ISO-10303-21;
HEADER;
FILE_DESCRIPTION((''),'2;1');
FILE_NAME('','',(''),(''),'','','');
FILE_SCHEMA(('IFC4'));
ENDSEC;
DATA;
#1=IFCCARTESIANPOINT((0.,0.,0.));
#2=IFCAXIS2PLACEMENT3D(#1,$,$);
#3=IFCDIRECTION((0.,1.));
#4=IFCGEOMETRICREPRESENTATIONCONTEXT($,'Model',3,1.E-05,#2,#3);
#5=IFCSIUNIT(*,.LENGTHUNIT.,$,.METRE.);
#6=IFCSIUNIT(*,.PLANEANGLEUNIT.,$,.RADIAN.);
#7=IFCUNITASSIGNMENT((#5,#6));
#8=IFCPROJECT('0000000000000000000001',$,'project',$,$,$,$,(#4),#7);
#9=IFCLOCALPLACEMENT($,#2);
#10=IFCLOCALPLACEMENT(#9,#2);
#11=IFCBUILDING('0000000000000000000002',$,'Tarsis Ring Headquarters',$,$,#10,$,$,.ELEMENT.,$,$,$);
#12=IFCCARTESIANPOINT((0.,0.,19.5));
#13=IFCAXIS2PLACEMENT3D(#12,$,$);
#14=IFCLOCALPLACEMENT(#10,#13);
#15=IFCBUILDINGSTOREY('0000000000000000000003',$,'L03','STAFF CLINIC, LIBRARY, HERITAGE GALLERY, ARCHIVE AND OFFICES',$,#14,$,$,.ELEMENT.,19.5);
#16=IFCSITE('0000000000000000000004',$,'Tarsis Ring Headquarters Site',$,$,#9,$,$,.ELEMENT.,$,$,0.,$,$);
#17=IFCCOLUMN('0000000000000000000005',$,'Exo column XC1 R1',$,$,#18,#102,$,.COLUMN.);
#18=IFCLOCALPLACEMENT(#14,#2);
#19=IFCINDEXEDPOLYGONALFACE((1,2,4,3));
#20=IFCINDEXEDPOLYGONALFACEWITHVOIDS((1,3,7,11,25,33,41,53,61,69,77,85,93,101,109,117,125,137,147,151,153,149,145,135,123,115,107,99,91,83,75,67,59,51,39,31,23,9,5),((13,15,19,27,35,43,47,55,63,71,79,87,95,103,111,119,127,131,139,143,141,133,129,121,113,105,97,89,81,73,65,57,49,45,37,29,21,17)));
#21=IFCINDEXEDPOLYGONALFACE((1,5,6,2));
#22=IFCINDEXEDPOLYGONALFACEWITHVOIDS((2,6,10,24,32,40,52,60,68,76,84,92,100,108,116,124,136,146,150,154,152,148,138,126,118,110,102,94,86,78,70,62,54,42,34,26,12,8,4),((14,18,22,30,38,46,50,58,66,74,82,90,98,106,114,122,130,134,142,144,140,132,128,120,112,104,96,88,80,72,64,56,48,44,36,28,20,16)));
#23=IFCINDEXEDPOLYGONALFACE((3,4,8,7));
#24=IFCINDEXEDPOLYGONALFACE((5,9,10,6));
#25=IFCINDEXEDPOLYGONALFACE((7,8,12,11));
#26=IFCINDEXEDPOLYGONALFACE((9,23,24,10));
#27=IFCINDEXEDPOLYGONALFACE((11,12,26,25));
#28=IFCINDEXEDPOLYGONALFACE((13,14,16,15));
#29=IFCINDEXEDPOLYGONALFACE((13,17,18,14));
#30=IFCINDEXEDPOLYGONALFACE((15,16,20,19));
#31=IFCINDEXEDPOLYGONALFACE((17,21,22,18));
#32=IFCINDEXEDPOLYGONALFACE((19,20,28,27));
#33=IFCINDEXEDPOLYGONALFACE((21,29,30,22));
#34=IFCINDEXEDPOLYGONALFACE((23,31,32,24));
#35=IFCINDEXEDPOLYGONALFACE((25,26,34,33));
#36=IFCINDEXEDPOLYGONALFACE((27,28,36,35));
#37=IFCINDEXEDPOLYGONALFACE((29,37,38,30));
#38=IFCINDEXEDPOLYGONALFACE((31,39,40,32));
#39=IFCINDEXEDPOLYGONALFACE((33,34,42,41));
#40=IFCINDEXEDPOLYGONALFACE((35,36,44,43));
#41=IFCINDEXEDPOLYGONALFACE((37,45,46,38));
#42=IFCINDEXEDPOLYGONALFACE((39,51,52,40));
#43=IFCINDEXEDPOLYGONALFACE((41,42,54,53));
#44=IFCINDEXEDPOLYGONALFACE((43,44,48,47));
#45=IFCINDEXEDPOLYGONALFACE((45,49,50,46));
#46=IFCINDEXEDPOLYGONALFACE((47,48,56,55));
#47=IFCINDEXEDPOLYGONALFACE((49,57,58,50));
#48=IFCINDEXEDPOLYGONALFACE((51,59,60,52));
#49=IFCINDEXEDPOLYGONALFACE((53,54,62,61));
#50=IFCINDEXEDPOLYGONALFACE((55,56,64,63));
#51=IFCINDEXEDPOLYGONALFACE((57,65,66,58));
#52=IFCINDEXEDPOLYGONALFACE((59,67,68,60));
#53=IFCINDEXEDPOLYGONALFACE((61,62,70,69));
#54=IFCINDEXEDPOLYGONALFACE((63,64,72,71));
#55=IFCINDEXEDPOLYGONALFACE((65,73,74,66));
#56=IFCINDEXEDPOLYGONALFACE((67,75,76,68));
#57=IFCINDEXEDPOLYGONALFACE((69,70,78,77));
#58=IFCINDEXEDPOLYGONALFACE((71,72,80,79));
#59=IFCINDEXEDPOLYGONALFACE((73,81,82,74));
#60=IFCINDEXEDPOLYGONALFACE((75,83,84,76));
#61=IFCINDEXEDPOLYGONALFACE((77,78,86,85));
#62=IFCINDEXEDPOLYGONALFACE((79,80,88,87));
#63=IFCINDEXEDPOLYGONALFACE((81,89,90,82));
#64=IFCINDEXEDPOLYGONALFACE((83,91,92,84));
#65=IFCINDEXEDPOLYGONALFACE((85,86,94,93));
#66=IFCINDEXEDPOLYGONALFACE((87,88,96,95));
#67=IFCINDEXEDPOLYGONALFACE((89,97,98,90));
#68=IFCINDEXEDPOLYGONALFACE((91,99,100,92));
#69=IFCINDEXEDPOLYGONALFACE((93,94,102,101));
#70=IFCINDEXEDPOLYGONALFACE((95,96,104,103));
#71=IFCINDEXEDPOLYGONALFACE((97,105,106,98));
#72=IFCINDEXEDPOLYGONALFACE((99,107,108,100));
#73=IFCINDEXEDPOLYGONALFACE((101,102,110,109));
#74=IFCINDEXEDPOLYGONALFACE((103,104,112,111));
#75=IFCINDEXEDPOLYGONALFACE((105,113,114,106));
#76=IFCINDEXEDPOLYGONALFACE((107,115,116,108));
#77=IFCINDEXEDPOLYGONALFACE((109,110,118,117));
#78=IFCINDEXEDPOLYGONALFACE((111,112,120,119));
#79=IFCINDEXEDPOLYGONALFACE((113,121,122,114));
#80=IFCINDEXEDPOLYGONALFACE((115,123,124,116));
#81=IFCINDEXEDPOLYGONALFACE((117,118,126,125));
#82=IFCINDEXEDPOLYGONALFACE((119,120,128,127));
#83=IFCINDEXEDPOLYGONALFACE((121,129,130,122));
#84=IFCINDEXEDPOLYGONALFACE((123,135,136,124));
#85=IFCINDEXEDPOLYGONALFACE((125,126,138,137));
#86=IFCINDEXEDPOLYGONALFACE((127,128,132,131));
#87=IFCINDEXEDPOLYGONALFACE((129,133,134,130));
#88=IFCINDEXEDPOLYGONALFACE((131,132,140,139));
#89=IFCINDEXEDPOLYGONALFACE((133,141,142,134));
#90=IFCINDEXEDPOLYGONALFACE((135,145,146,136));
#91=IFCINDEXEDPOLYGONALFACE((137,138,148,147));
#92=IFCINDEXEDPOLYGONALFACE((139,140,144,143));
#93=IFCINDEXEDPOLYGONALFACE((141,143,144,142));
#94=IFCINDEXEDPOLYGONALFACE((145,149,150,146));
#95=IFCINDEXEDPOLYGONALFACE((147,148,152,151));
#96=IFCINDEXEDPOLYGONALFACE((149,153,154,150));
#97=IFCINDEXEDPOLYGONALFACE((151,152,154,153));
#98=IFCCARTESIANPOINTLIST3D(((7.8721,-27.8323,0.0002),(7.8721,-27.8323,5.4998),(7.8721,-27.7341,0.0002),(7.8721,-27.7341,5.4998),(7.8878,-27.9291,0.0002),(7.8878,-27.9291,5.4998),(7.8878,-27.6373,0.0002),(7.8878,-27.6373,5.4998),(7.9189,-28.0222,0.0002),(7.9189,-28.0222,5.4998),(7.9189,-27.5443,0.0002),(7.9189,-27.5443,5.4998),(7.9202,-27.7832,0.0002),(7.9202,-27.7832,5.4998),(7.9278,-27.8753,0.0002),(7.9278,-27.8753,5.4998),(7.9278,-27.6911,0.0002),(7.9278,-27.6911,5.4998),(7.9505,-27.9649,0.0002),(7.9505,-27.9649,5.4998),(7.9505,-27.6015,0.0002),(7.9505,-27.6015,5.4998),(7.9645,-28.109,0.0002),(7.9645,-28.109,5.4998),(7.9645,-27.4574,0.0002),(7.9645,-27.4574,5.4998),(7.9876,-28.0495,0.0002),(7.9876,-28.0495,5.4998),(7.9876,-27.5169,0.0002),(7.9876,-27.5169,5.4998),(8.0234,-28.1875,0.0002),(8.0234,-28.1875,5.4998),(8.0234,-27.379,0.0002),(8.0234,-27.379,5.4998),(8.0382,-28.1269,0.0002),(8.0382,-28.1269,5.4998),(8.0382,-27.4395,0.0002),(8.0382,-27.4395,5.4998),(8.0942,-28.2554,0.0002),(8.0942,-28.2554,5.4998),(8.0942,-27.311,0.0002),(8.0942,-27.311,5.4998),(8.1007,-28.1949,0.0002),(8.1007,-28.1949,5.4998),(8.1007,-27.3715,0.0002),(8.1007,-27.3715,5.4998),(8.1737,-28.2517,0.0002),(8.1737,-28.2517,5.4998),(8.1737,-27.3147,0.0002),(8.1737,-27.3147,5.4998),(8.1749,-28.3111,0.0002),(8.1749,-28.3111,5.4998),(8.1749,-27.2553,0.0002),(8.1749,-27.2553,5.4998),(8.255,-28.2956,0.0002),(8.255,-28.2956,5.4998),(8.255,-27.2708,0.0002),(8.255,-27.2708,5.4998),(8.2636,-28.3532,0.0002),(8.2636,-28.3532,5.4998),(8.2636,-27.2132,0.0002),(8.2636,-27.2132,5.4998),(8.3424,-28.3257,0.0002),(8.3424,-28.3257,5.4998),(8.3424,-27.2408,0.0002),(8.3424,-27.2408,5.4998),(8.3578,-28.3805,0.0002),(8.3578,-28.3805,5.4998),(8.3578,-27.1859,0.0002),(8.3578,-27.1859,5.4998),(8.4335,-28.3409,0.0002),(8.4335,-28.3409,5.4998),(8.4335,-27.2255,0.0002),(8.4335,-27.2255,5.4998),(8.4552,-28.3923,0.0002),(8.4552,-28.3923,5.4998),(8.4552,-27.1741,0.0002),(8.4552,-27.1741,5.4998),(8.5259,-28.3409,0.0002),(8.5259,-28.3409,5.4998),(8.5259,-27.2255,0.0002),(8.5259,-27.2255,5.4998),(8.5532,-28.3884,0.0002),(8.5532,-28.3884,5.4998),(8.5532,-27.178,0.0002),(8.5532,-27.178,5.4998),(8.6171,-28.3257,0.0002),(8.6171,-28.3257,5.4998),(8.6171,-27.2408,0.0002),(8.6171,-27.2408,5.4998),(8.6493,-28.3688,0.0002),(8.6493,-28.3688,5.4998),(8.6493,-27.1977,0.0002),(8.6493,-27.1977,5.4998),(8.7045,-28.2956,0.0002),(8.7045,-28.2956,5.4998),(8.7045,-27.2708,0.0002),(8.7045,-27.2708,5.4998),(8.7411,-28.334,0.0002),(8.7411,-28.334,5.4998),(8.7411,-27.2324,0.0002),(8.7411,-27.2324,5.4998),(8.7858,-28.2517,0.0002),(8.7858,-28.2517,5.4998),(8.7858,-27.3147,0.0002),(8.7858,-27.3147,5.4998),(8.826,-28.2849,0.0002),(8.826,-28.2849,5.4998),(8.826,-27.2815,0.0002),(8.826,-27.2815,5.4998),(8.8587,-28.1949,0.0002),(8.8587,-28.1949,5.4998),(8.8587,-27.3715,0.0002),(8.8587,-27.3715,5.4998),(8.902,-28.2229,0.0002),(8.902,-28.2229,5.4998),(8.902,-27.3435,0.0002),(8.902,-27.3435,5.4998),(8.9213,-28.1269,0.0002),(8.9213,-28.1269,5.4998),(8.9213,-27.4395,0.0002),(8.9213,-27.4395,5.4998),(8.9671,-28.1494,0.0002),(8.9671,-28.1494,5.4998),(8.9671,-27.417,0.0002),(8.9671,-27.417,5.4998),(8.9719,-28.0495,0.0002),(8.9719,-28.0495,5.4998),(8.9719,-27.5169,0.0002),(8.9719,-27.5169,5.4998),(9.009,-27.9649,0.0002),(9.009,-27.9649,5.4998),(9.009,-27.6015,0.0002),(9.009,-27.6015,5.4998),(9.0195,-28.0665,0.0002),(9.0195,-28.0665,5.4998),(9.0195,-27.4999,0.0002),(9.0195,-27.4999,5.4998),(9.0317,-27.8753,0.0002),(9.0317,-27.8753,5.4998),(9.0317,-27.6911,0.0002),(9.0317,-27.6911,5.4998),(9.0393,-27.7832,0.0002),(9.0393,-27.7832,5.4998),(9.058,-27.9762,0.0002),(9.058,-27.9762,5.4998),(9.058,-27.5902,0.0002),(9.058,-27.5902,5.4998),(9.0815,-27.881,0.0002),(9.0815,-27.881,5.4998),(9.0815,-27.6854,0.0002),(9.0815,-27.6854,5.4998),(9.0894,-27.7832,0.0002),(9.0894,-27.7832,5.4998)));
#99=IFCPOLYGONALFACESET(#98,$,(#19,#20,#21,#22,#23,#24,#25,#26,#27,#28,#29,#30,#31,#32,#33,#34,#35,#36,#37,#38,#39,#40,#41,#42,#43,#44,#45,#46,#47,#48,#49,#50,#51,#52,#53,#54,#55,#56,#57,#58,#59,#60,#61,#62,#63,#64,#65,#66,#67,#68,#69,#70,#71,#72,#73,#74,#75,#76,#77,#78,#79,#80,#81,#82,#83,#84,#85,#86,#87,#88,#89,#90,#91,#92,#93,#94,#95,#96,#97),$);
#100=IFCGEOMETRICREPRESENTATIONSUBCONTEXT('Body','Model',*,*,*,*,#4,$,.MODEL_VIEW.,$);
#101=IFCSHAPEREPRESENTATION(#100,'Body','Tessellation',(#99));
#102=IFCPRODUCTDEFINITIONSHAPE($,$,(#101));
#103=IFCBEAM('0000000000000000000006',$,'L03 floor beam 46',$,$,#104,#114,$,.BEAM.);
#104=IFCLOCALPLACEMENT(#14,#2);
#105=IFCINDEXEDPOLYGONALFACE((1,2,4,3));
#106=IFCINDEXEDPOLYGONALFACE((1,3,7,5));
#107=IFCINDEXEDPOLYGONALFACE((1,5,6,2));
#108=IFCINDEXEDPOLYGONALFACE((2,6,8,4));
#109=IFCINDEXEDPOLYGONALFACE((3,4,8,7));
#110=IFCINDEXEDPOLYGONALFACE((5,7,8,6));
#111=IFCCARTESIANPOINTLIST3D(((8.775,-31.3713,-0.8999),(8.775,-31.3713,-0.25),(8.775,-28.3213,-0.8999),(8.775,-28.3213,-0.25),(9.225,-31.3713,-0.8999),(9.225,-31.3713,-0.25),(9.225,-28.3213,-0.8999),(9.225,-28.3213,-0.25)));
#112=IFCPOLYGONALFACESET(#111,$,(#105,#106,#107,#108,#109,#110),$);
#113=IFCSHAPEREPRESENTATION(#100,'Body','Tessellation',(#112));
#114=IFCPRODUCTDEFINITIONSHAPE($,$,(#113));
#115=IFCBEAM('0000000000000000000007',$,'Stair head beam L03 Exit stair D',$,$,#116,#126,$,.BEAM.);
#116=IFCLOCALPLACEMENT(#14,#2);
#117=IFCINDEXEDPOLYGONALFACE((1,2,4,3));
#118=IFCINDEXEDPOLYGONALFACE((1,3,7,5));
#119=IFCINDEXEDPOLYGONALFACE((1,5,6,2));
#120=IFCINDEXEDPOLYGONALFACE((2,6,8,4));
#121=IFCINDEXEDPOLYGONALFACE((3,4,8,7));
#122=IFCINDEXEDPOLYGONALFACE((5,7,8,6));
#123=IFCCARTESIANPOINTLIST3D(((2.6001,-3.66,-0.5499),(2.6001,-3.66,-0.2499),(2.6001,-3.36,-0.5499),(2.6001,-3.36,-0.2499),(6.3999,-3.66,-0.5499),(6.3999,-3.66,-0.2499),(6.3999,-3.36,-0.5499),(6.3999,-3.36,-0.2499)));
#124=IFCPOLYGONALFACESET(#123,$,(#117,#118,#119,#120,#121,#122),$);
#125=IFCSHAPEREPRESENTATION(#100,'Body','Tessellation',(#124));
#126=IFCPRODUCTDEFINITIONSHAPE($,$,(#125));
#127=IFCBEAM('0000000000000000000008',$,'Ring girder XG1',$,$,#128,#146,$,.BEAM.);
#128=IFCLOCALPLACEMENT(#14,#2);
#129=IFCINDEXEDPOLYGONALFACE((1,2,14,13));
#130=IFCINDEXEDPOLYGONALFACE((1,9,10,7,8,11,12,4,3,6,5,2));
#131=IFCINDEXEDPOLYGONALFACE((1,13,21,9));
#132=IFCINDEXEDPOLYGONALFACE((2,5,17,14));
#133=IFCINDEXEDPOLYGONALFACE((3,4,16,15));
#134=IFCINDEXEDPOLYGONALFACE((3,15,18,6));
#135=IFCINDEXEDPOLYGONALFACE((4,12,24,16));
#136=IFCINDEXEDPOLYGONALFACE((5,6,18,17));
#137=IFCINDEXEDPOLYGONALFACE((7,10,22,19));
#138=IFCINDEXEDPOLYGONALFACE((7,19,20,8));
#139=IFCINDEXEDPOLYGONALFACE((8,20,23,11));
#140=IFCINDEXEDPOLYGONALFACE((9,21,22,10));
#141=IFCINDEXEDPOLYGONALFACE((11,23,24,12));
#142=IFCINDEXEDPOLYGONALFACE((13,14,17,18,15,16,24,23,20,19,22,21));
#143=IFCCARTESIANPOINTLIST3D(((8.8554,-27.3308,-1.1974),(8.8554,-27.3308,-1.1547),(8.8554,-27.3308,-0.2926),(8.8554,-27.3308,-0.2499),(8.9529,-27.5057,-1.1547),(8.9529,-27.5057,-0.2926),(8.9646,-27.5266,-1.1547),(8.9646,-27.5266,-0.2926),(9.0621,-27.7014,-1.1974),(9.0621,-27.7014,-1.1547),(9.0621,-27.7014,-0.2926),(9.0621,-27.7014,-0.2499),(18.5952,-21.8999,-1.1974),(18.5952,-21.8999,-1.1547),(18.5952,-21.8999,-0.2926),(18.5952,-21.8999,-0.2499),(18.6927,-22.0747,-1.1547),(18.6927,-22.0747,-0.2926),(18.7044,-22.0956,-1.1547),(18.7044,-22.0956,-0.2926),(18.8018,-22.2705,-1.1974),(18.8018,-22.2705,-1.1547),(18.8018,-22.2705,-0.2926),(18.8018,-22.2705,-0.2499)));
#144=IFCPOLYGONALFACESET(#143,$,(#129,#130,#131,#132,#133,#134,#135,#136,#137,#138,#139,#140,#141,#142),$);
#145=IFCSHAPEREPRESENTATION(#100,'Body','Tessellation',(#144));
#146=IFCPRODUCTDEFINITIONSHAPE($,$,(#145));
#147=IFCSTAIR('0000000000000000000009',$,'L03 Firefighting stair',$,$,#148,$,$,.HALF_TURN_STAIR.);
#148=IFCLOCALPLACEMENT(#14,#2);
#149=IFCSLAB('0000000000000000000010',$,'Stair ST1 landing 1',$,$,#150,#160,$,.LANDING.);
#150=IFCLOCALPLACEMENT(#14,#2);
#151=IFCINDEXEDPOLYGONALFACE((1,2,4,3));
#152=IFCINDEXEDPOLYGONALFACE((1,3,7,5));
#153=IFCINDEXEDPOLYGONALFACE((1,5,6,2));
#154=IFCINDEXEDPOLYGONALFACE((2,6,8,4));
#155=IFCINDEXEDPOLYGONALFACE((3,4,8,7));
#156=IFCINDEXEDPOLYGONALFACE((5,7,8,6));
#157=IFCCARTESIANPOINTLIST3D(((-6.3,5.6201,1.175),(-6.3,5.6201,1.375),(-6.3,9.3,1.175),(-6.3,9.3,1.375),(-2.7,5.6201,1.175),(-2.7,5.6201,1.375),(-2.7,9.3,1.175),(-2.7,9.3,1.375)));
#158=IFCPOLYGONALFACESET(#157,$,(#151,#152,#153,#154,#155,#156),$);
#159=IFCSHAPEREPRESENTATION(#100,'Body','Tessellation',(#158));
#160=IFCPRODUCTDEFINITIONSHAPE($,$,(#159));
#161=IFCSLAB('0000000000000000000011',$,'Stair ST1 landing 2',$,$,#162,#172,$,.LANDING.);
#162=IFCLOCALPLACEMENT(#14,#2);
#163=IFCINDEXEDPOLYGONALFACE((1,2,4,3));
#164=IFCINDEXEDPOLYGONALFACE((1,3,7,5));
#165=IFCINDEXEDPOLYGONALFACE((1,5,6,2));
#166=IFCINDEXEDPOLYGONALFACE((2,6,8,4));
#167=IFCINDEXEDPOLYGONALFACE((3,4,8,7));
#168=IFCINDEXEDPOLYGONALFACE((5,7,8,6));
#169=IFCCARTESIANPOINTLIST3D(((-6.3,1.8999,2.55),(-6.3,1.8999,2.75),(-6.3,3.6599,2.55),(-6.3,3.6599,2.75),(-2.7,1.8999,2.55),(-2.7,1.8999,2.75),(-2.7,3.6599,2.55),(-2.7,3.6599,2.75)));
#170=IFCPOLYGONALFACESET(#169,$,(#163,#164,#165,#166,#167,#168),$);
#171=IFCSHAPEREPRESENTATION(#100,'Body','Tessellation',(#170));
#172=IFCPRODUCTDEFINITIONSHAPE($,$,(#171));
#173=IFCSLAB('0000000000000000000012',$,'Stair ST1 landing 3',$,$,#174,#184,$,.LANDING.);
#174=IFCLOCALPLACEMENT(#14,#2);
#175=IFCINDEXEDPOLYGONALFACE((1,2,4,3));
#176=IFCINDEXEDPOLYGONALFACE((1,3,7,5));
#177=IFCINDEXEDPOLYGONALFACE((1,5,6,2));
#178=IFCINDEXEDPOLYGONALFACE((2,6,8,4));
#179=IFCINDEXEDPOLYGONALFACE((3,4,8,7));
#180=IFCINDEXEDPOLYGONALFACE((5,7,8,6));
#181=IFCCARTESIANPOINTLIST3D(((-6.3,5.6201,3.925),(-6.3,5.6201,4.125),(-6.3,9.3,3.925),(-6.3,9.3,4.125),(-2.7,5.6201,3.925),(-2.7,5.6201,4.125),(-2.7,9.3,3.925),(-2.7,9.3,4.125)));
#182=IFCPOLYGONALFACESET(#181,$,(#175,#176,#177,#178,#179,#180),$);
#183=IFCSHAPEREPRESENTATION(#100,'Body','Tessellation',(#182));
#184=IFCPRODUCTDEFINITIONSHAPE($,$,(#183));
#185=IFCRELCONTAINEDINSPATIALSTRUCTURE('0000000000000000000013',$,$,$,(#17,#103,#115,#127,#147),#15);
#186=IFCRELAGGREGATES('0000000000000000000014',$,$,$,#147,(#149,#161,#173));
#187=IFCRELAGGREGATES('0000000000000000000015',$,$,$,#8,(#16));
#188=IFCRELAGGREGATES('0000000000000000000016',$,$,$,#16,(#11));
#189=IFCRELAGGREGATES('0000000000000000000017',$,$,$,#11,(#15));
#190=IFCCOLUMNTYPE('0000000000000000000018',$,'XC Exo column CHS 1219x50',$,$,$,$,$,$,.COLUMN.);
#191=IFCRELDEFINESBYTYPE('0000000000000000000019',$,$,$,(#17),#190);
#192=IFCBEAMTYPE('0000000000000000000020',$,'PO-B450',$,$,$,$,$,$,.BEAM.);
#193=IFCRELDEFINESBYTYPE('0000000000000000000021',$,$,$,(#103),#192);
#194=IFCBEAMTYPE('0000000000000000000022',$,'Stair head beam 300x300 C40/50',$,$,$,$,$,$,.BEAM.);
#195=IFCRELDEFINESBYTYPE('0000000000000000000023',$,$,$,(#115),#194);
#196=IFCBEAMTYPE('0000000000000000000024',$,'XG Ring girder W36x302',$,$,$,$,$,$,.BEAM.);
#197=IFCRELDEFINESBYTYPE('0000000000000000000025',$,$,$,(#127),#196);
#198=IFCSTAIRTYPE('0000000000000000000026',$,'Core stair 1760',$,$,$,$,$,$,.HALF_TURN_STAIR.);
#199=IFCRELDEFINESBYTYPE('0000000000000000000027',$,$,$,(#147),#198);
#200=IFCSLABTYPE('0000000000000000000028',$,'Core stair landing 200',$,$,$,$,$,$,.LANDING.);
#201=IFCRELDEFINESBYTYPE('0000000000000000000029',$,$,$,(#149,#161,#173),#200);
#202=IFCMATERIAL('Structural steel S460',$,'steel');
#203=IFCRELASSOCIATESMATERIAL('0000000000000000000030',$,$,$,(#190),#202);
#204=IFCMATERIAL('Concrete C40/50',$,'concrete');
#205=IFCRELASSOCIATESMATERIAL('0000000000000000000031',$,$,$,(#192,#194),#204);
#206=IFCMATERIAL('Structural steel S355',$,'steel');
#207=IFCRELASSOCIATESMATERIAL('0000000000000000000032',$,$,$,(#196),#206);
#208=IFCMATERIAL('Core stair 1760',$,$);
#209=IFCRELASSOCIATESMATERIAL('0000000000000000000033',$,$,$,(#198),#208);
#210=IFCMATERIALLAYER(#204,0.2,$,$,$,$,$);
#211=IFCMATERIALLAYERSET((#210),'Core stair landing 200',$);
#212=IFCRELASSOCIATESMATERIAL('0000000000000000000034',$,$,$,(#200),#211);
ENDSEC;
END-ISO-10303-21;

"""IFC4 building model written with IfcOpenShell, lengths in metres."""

from ifc_helpers import new_model, si_unit, direction, frame, origin, origin_2d, place, context, subcontext, project, spatial, polyline, rectangle, hollow_circle, i_section, outline, extrude, material, layer, layer_set, material_profile, profile_set, type_object, element, aggregate, save


model = new_model("IFC4")

# Units and contexts
model_context = context("Model", 3, precision=1e-05, world=origin(), true_north=direction((0.0, 1.0)))
body_context = subcontext(model_context, "Body", "Model", "MODEL_VIEW")
ifc_project = project(units=[si_unit("LENGTHUNIT", "METRE"), si_unit("PLANEANGLEUNIT", "RADIAN")], contexts=[model_context])

# Site, building, storey
site_placement = place(None, origin())
site = spatial("IfcSite", under=ifc_project, at=site_placement, Name="Tarsis Ring Headquarters Site", CompositionType="ELEMENT", RefElevation=0.0)
building_placement = place(site_placement, origin())
building = spatial("IfcBuilding", under=site, at=building_placement, Name="Tarsis Ring Headquarters", CompositionType="ELEMENT")
storey_placement = place(building_placement, frame((0.0, 0.0, 19.5)))
storey = spatial("IfcBuildingStorey", under=building, at=storey_placement, Name="L03", Description="STAFF CLINIC, LIBRARY, HERITAGE GALLERY, ARCHIVE AND OFFICES", CompositionType="ELEMENT", Elevation=19.5)

# Column
ifc_material_1 = material(Name="Structural steel S460", Category="steel")
ifc_material_profile_1 = material_profile(ifc_material_1, hollow_circle(Radius=0.6096, WallThickness=0.05, at=origin_2d()), Name="CHS 1219x50")
ifc_profile_set_1 = profile_set([ifc_material_profile_1], Name="Structural steel S460")
column_type = type_object("IfcColumnType", Name="XC Exo column CHS 1219x50", PredefinedType="COLUMN", material=ifc_profile_set_1)
column_placement = place(storey_placement, frame((8.4797, -27.7832, 0.0002), z_axis=(0.0, 0.0, 1.0), x_axis=(1.0, 0.0, 0.0)))
element("IfcColumn", 1, at=column_placement, inside=storey, type_object=column_type, Name="Exo column XC1 R1", PredefinedType="COLUMN", context=body_context, shape_type="SweptSolid", body=[
    extrude(hollow_circle(Radius=0.6096, WallThickness=0.05, at=origin_2d()), origin(), (0.0, 0.0, 1.0), 5.4995),
])

# Beams
ifc_material_2 = material(Name="Concrete C40/50", Category="concrete")
ifc_material_profile_2 = material_profile(ifc_material_2, rectangle(XDim=0.45, YDim=0.6499, at=origin_2d()), Name="PO-B450")
ifc_profile_set_2 = profile_set([ifc_material_profile_2], Name="Concrete C40/50")
beam_type_1 = type_object("IfcBeamType", Name="PO-B450", PredefinedType="BEAM", material=ifc_profile_set_2)
beam_1_placement = place(storey_placement, frame((9.0, -31.3713, -0.575), z_axis=(0.0, 1.0, 0.0), x_axis=(-1.0, 0.0, 0.0)))
element("IfcBeam", 2, at=beam_1_placement, inside=storey, type_object=beam_type_1, Name="L03 floor beam 46", PredefinedType="BEAM", context=body_context, shape_type="SweptSolid", body=[
    extrude(rectangle(XDim=0.45, YDim=0.6499, at=origin_2d()), origin(), (0.0, 0.0, 1.0), 3.05),
])
ifc_material_profile_3 = material_profile(ifc_material_2, rectangle(XDim=0.3, YDim=0.3, at=origin_2d()), Name="Stair head beam 300x300 C40/50")
ifc_profile_set_3 = profile_set([ifc_material_profile_3], Name="Concrete C40/50")
beam_type_2 = type_object("IfcBeamType", Name="Stair head beam 300x300 C40/50", PredefinedType="BEAM", material=ifc_profile_set_3)
beam_2_placement = place(storey_placement, frame((2.6001, -3.51, -0.3999), z_axis=(1.0, 0.0, 0.0), x_axis=(0.0, 1.0, 0.0)))
element("IfcBeam", 3, at=beam_2_placement, inside=storey, type_object=beam_type_2, Name="Stair head beam L03 Exit stair D", PredefinedType="BEAM", context=body_context, shape_type="SweptSolid", body=[
    extrude(rectangle(XDim=0.3, YDim=0.3, at=origin_2d()), origin(), (0.0, 0.0, 1.0), 3.7998),
])
ifc_material_3 = material(Name="Structural steel S355", Category="steel")
ifc_material_profile_4 = material_profile(ifc_material_3, i_section(OverallWidth=0.4243, OverallDepth=0.9475, WebThickness=0.0239, FlangeThickness=0.0427, at=origin_2d()), Name="W36x302")
ifc_profile_set_4 = profile_set([ifc_material_profile_4], Name="Structural steel S355")
beam_type_3 = type_object("IfcBeamType", Name="XG Ring girder W36x302", PredefinedType="BEAM", material=ifc_profile_set_4)
beam_3_placement = place(storey_placement, frame((8.9587, -27.5161, -0.7236), z_axis=(0.873397, 0.487009, 0.0), x_axis=(-0.487009, 0.873397, 0.0)))
element("IfcBeam", 4, at=beam_3_placement, inside=storey, type_object=beam_type_3, Name="Ring girder XG1", PredefinedType="BEAM", context=body_context, shape_type="SweptSolid", body=[
    extrude(i_section(OverallWidth=0.4243, OverallDepth=0.9475, WebThickness=0.0239, FlangeThickness=0.0427, at=origin_2d()), origin(), (0.0, 0.0, 1.0), 11.1516),
])

# Stair, slabs
ifc_material_4 = material(Name="Core stair 1760")
stair_type = type_object("IfcStairType", Name="Core stair 1760", PredefinedType="HALF_TURN_STAIR", material=ifc_material_4)
stair_1_placement = place(storey_placement, origin())
stair_1 = element("IfcStair", 5, at=stair_1_placement, inside=storey, type_object=stair_type, Name="L03 Firefighting stair", PredefinedType="HALF_TURN_STAIR")
ifc_layer_1 = layer(ifc_material_2, 0.2)
ifc_layer_set_1 = layer_set([ifc_layer_1], Name="Core stair landing 200")
slab_type_1 = type_object("IfcSlabType", Name="Core stair landing 200", PredefinedType="LANDING", material=ifc_layer_set_1)
slab_1_placement = place(storey_placement, frame((0.0, 0.0, 1.175)))
slab_1 = element("IfcSlab", 6, at=slab_1_placement, type_object=slab_type_1, Name="Stair ST1 landing 1", PredefinedType="LANDING", context=body_context, shape_type="SweptSolid", body=[
    extrude(outline(polyline([(-2.7, 5.6201), (-2.7, 9.3), (-6.3, 9.3), (-6.3, 5.6201), (-2.7, 5.6201)])), origin(), (0.0, 0.0, 1.0), 0.2),
])
slab_2_placement = place(storey_placement, frame((0.0, 0.0, 2.55)))
slab_2 = element("IfcSlab", 7, at=slab_2_placement, type_object=slab_type_1, Name="Stair ST1 landing 2", PredefinedType="LANDING", context=body_context, shape_type="SweptSolid", body=[
    extrude(outline(polyline([(-2.7, 1.8999), (-2.7, 3.6599), (-6.3, 3.6599), (-6.3, 1.8999), (-2.7, 1.8999)])), origin(), (0.0, 0.0, 1.0), 0.2),
])
slab_3_placement = place(storey_placement, frame((0.0, 0.0, 3.925)))
slab_3 = element("IfcSlab", 8, at=slab_3_placement, type_object=slab_type_1, Name="Stair ST1 landing 3", PredefinedType="LANDING", context=body_context, shape_type="SweptSolid", body=[
    extrude(outline(polyline([(-2.7, 5.6201), (-2.7, 9.3), (-6.3, 9.3), (-6.3, 5.6201), (-2.7, 5.6201)])), origin(), (0.0, 0.0, 1.0), 0.2),
])
aggregate(stair_1, [slab_1, slab_2, slab_3])

save(model, "model.ifc")
